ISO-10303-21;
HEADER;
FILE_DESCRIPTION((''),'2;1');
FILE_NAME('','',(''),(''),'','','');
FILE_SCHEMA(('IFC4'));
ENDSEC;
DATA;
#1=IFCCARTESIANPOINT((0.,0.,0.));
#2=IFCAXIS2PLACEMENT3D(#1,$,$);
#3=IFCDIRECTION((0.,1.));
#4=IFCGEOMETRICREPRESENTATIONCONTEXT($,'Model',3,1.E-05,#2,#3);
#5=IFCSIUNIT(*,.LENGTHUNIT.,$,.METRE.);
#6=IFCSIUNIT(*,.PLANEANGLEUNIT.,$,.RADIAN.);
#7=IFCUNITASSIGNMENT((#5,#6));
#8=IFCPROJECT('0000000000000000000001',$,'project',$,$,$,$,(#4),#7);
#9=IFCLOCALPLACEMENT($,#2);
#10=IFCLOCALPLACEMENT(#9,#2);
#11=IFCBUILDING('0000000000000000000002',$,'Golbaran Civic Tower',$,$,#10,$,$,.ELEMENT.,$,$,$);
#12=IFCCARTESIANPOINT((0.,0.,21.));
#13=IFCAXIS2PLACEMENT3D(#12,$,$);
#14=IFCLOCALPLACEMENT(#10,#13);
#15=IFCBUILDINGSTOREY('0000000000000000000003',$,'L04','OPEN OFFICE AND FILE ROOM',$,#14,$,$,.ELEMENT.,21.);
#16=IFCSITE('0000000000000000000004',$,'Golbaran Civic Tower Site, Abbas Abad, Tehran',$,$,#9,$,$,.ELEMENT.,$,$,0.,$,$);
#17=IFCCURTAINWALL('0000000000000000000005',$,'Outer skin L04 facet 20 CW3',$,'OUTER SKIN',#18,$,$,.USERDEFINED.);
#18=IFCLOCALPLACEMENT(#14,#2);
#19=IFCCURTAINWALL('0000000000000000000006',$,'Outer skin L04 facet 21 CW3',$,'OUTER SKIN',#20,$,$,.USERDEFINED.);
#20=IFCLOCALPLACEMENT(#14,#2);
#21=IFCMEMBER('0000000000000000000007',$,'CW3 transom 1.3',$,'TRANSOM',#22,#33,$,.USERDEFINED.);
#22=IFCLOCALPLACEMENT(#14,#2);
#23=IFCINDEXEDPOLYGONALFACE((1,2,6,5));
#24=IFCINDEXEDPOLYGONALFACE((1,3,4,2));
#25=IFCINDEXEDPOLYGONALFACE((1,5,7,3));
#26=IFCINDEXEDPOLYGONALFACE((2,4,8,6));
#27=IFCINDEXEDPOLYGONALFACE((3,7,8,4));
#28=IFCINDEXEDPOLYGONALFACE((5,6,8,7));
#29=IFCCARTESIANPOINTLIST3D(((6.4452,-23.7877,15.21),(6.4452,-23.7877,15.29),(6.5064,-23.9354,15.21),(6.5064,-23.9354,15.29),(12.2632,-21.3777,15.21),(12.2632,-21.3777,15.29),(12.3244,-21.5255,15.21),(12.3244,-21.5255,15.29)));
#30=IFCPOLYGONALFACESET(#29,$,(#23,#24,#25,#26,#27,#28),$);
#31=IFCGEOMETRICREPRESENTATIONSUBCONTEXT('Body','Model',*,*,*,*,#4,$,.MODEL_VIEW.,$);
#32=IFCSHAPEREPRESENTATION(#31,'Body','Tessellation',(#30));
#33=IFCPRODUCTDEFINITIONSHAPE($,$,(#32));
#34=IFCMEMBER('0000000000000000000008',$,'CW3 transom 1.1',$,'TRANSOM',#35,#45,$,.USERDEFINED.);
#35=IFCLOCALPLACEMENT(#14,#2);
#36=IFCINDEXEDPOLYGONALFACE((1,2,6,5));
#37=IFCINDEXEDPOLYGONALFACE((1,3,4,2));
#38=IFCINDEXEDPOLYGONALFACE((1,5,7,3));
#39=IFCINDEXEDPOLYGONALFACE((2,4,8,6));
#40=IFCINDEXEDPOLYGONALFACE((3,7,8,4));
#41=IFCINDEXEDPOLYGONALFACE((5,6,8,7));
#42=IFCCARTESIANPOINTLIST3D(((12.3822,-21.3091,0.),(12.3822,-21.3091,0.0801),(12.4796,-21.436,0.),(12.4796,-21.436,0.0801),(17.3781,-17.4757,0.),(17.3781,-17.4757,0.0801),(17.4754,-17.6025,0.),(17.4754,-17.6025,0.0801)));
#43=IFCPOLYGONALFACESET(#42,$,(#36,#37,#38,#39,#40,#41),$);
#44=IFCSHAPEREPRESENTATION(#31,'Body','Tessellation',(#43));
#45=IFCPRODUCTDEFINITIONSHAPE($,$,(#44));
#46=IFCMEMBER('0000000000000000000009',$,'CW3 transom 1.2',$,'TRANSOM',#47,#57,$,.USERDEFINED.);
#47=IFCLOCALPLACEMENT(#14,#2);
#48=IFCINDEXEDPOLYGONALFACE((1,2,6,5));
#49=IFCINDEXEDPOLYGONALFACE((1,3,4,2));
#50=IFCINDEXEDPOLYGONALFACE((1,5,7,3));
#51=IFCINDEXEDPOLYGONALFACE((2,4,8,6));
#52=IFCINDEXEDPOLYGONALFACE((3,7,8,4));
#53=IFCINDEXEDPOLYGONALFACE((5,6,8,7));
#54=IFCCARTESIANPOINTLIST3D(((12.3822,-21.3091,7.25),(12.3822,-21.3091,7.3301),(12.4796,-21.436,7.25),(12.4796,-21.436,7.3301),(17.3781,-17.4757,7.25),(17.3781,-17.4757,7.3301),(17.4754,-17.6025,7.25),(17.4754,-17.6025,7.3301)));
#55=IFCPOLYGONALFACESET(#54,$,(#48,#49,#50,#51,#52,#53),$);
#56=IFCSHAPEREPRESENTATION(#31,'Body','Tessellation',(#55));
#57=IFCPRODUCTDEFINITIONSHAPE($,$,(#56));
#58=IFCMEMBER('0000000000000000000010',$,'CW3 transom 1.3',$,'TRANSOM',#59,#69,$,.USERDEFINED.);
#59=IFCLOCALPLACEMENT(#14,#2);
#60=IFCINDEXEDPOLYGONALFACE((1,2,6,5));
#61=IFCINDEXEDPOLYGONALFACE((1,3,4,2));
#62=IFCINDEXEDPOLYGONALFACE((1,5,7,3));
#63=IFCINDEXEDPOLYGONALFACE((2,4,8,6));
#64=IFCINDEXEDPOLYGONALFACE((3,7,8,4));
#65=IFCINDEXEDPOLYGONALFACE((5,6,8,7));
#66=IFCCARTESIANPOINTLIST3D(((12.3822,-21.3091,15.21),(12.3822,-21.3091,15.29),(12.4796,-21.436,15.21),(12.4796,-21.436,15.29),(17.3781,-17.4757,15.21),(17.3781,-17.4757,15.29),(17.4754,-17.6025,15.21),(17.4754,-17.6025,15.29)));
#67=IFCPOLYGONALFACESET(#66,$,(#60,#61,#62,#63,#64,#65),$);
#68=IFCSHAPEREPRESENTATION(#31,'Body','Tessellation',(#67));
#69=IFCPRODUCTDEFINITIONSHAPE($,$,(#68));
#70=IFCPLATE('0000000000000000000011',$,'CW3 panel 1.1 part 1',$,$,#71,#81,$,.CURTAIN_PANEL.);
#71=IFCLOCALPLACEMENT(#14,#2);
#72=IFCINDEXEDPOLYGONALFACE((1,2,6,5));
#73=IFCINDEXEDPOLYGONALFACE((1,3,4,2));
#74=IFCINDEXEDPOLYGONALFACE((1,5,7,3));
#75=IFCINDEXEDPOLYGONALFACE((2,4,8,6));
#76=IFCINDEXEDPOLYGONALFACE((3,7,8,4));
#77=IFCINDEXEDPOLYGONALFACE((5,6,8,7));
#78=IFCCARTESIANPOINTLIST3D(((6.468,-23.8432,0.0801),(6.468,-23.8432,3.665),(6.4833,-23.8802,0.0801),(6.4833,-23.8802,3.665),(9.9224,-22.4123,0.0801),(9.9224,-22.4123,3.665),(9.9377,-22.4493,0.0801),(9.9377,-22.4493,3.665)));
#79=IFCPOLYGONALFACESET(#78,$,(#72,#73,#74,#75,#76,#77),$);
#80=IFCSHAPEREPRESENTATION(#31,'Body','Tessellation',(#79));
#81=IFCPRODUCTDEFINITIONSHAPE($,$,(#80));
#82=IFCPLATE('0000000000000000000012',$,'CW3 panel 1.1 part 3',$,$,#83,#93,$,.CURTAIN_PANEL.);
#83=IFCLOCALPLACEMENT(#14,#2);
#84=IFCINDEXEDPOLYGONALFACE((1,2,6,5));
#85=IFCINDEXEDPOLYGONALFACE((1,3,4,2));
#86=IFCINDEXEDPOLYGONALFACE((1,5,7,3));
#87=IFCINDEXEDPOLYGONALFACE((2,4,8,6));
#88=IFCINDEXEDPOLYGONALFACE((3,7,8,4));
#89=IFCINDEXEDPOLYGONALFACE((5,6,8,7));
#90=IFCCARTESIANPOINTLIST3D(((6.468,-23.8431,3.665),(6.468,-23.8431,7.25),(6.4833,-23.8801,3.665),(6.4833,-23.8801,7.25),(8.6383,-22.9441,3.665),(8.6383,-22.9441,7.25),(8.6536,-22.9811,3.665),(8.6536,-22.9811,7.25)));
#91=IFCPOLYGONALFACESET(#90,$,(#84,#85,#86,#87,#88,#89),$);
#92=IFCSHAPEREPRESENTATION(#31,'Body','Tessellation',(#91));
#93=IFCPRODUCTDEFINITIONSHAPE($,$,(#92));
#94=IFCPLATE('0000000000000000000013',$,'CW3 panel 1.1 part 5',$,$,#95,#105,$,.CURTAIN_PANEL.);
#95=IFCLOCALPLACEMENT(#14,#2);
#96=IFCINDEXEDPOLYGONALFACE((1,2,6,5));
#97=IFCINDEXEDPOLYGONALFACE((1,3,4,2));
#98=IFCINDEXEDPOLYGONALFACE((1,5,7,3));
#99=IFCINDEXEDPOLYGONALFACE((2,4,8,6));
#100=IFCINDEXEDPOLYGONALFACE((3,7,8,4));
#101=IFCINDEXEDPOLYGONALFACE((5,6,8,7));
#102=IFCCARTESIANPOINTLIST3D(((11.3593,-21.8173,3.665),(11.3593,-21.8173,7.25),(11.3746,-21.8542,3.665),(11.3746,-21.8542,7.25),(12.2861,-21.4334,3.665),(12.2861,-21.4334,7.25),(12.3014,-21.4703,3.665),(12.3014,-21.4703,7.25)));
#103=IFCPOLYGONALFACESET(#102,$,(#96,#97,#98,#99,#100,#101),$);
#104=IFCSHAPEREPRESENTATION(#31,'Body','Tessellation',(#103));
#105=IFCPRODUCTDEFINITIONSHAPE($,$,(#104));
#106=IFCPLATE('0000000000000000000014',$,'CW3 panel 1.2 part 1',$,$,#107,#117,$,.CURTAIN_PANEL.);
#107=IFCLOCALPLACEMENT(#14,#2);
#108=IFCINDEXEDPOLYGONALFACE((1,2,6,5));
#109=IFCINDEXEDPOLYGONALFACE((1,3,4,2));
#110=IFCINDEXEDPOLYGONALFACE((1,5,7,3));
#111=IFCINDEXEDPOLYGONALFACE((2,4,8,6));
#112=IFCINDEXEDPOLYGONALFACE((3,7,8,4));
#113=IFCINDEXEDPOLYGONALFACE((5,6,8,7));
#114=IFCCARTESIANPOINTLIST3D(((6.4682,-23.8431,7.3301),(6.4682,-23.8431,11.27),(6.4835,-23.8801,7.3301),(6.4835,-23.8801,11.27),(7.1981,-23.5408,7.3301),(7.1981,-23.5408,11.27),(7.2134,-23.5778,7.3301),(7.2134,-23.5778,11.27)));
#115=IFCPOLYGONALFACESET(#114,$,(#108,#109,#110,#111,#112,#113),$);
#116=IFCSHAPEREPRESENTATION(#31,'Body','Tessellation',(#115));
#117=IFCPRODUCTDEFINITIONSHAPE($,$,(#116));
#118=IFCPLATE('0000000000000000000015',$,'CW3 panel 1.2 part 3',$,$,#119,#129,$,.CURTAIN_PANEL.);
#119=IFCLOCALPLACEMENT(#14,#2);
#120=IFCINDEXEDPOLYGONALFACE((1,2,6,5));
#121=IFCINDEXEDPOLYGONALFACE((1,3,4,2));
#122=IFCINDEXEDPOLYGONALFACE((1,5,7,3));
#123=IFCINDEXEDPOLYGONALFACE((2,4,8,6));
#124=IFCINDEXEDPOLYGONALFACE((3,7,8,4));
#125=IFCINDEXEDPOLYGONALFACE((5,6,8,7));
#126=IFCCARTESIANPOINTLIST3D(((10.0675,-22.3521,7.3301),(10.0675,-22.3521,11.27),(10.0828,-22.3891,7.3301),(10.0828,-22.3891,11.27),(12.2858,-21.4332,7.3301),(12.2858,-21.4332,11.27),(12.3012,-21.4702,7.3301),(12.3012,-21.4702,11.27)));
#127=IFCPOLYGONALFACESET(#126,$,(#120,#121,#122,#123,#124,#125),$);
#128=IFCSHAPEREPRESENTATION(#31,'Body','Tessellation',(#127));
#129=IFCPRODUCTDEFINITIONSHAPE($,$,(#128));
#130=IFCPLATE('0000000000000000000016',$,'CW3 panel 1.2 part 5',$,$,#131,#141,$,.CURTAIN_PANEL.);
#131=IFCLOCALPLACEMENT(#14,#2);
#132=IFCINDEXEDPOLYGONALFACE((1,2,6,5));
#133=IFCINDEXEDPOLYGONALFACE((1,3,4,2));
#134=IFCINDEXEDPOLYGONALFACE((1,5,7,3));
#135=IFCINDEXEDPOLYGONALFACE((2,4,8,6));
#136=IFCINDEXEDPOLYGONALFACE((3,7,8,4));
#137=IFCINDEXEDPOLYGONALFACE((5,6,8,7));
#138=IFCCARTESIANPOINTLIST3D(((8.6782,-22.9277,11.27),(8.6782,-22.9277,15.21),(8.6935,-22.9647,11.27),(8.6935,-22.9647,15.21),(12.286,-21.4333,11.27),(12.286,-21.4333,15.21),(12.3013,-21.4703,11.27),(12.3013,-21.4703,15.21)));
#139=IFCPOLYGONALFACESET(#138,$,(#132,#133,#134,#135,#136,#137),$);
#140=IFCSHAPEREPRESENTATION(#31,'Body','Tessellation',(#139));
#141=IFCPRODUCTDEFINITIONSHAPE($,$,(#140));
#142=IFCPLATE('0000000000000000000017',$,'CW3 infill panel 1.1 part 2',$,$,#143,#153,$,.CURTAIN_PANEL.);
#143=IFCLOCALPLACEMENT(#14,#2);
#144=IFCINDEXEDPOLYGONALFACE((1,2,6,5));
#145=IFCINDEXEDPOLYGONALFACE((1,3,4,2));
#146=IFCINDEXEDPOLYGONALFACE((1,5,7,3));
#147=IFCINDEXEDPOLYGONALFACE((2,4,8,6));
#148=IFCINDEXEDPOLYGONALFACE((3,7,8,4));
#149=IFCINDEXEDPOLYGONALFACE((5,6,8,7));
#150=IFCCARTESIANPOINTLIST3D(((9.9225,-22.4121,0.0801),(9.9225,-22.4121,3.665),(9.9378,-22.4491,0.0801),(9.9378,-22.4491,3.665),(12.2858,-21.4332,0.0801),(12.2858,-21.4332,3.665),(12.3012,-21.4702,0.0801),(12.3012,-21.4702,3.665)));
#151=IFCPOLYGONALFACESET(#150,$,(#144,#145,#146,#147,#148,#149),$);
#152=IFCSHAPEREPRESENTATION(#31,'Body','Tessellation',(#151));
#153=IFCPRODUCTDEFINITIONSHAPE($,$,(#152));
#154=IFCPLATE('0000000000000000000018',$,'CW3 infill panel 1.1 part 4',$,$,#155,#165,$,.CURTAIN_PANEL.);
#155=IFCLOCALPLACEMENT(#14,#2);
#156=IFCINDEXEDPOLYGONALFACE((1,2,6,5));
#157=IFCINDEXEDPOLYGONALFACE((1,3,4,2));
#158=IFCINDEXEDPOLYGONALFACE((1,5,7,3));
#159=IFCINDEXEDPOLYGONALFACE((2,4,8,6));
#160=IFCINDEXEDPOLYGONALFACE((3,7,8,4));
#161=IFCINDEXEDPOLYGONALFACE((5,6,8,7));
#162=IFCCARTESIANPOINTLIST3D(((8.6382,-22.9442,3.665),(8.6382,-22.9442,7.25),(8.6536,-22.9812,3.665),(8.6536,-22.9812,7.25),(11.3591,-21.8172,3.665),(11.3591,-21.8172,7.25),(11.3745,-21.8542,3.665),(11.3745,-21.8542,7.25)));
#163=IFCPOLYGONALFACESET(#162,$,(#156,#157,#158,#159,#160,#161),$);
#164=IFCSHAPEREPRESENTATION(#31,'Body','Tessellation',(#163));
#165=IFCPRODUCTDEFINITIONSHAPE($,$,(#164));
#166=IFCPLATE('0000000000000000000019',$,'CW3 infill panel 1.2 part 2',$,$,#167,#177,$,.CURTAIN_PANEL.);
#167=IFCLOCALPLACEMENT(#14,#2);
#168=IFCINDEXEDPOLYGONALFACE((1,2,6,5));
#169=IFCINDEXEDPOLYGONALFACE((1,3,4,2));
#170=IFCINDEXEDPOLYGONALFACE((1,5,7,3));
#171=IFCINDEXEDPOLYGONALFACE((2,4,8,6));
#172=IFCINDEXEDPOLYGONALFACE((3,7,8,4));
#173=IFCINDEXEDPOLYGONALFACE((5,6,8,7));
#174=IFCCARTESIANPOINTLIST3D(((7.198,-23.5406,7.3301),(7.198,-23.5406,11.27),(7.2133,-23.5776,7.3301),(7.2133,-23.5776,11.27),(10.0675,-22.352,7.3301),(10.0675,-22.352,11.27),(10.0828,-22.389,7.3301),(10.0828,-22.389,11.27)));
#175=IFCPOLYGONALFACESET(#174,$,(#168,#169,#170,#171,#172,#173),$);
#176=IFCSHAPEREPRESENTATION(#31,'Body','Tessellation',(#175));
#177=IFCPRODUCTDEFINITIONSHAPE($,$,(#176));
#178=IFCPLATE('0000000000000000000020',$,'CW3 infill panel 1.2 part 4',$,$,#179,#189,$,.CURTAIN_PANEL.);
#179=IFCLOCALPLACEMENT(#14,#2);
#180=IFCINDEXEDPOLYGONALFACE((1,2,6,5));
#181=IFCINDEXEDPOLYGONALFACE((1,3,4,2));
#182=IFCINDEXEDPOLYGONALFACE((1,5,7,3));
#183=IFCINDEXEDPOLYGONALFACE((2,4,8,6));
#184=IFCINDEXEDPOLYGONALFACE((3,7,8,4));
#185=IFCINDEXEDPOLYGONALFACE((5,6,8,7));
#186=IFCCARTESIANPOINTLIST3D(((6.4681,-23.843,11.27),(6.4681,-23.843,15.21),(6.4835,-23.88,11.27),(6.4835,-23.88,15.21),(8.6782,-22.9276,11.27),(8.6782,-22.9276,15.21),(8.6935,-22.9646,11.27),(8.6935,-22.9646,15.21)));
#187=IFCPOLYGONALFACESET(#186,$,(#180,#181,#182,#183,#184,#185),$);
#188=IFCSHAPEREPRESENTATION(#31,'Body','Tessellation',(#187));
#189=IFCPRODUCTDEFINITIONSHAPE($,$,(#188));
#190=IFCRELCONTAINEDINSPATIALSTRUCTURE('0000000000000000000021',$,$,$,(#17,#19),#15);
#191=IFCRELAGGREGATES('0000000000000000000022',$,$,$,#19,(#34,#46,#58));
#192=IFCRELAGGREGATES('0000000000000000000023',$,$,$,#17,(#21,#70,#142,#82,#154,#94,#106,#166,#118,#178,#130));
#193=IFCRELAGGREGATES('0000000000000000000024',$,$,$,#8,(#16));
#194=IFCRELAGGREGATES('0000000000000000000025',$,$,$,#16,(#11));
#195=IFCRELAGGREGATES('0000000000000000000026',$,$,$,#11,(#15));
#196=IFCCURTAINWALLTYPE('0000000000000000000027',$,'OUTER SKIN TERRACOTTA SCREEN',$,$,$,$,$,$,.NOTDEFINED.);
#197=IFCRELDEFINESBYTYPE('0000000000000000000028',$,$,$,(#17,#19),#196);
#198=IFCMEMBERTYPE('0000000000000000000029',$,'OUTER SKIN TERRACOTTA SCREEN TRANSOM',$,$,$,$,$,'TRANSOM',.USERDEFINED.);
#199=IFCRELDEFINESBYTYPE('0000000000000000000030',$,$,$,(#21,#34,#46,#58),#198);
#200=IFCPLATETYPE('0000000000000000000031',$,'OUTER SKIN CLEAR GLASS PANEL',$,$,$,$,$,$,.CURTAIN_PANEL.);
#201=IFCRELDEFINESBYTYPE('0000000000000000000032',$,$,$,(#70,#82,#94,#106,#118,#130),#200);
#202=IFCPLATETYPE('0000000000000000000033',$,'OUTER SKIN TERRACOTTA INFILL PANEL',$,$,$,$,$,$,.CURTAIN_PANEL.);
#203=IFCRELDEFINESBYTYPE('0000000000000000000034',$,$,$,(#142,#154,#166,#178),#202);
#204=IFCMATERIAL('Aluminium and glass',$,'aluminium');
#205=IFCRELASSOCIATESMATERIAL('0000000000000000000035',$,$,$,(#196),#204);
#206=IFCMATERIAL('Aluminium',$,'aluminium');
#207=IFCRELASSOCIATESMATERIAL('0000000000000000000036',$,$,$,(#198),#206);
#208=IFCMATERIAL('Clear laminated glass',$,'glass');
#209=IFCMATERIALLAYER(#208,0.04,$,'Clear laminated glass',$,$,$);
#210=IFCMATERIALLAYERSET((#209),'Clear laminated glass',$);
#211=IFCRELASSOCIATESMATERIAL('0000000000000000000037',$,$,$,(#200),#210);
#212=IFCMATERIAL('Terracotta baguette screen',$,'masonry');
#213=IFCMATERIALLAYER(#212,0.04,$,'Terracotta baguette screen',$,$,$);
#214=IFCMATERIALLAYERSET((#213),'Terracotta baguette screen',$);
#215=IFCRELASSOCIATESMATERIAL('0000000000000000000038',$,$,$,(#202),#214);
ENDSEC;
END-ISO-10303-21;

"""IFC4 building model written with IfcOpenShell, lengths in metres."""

from ifc_helpers import new_model, si_unit, direction, frame, origin, origin_2d, place, context, subcontext, project, spatial, rectangle, extrude, material, layer, layer_set, material_profile, profile_set, type_object, element, aggregate, save


model = new_model("IFC4")

# Units and contexts
model_context = context("Model", 3, precision=1e-05, world=origin(), true_north=direction((0.0, 1.0)))
body_context = subcontext(model_context, "Body", "Model", "MODEL_VIEW")
ifc_project = project(units=[si_unit("LENGTHUNIT", "METRE"), si_unit("PLANEANGLEUNIT", "RADIAN")], contexts=[model_context])

# Site, building, storey
site_placement = place(None, origin())
site = spatial("IfcSite", under=ifc_project, at=site_placement, Name="Golbaran Civic Tower Site, Abbas Abad, Tehran", CompositionType="ELEMENT", RefElevation=0.0)
building_placement = place(site_placement, origin())
building = spatial("IfcBuilding", under=site, at=building_placement, Name="Golbaran Civic Tower", CompositionType="ELEMENT")
storey_placement = place(building_placement, frame((0.0, 0.0, 21.0)))
storey = spatial("IfcBuildingStorey", under=building, at=storey_placement, Name="L04", Description="OPEN OFFICE AND FILE ROOM", CompositionType="ELEMENT", Elevation=21.0)

# Shared definitions
ifc_material_1 = material(Name="Aluminium and glass", Category="aluminium")
ifc_material_2 = material(Name="Aluminium", Category="aluminium")

# Curtain wall
curtain_wall_type_1 = type_object("IfcCurtainWallType", Name="OUTER SKIN TERRACOTTA SCREEN", PredefinedType="NOTDEFINED", material=ifc_material_1)
curtain_wall_1_placement = place(storey_placement, origin())
curtain_wall_1 = element("IfcCurtainWall", 1, at=curtain_wall_1_placement, inside=storey, type_object=curtain_wall_type_1, Name="Outer skin L04 facet 20 CW3", ObjectType="OUTER SKIN", PredefinedType="USERDEFINED")

# Curtain wall
curtain_wall_2_placement = place(storey_placement, origin())
curtain_wall_2 = element("IfcCurtainWall", 2, at=curtain_wall_2_placement, inside=storey, type_object=curtain_wall_type_1, Name="Outer skin L04 facet 21 CW3", ObjectType="OUTER SKIN", PredefinedType="USERDEFINED")

# Members
ifc_material_profile_1 = material_profile(ifc_material_2, rectangle(XDim=0.1599, YDim=0.0801, at=origin_2d()), Name="OUTER SKIN TERRACOTTA SCREEN TRANSOM")
ifc_profile_set_1 = profile_set([ifc_material_profile_1], Name="Aluminium")
member_type_1 = type_object("IfcMemberType", Name="OUTER SKIN TERRACOTTA SCREEN TRANSOM", ElementType="TRANSOM", PredefinedType="USERDEFINED", material=ifc_profile_set_1)
member_1_placement = place(storey_placement, frame((6.4758, -23.8616, 15.25), z_axis=(0.923876, 0.382693, 0.0), x_axis=(-0.382693, 0.923876, 0.0)))
member_1 = element("IfcMember", 3, at=member_1_placement, type_object=member_type_1, Name="CW3 transom 1.3", ObjectType="TRANSOM", PredefinedType="USERDEFINED", context=body_context, shape_type="SweptSolid", body=[
    extrude(rectangle(XDim=0.1599, YDim=0.0801, at=origin_2d()), origin(), (0.0, 0.0, 1.0), 6.2974),
])
member_2_placement = place(storey_placement, frame((12.4309, -21.3726, 0.04), z_axis=(0.79335, 0.608766, 0.0), x_axis=(-0.608766, 0.79335, 0.0)))
member_2 = element("IfcMember", 4, at=member_2_placement, type_object=member_type_1, Name="CW3 transom 1.1", ObjectType="TRANSOM", PredefinedType="USERDEFINED", context=body_context, shape_type="SweptSolid", body=[
    extrude(rectangle(XDim=0.1599, YDim=0.0801, at=origin_2d()), origin(), (0.0, 0.0, 1.0), 6.2971),
])
member_3_placement = place(storey_placement, frame((12.4309, -21.3726, 7.29), z_axis=(0.79335, 0.608766, 0.0), x_axis=(-0.608766, 0.79335, 0.0)))
member_3 = element("IfcMember", 5, at=member_3_placement, type_object=member_type_1, Name="CW3 transom 1.2", ObjectType="TRANSOM", PredefinedType="USERDEFINED", context=body_context, shape_type="SweptSolid", body=[
    extrude(rectangle(XDim=0.1599, YDim=0.0801, at=origin_2d()), origin(), (0.0, 0.0, 1.0), 6.2971),
])
member_4_placement = place(storey_placement, frame((12.4309, -21.3726, 15.25), z_axis=(0.79335, 0.608766, 0.0), x_axis=(-0.608766, 0.79335, 0.0)))
member_4 = element("IfcMember", 6, at=member_4_placement, type_object=member_type_1, Name="CW3 transom 1.3", ObjectType="TRANSOM", PredefinedType="USERDEFINED", context=body_context, shape_type="SweptSolid", body=[
    extrude(rectangle(XDim=0.1599, YDim=0.0801, at=origin_2d()), origin(), (0.0, 0.0, 1.0), 6.2971),
])
aggregate(curtain_wall_2, [member_2, member_3, member_4])

# Plates
ifc_material_3 = material(Name="Clear laminated glass", Category="glass")
ifc_layer_1 = layer(ifc_material_3, 0.04, Name="Clear laminated glass")
ifc_layer_set_1 = layer_set([ifc_layer_1], Name="Clear laminated glass")
plate_type_1 = type_object("IfcPlateType", Name="OUTER SKIN CLEAR GLASS PANEL", PredefinedType="CURTAIN_PANEL", material=ifc_layer_set_1)
plate_1_placement = place(storey_placement, frame((8.2029, -23.1462, 0.0801), z_axis=(0.0, 0.0, 1.0), x_axis=(0.92388, 0.382683, 0.0)))
plate_1 = element("IfcPlate", 7, at=plate_1_placement, type_object=plate_type_1, Name="CW3 panel 1.1 part 1", PredefinedType="CURTAIN_PANEL", context=body_context, shape_type="SweptSolid", body=[
    extrude(rectangle(XDim=3.739, YDim=0.04, at=origin_2d()), origin(), (0.0, 0.0, 1.0), 3.585),
])
plate_2_placement = place(storey_placement, frame((7.5608, -23.4121, 3.665), z_axis=(0.0, 0.0, 1.0), x_axis=(0.92388, 0.382683, 0.0)))
plate_2 = element("IfcPlate", 8, at=plate_2_placement, type_object=plate_type_1, Name="CW3 panel 1.1 part 3", PredefinedType="CURTAIN_PANEL", context=body_context, shape_type="SweptSolid", body=[
    extrude(rectangle(XDim=2.3491, YDim=0.04, at=origin_2d()), origin(), (0.0, 0.0, 1.0), 3.585),
])
plate_3_placement = place(storey_placement, frame((11.8303, -21.6438, 3.665), z_axis=(0.0, 0.0, 1.0), x_axis=(0.92388, 0.382683, 0.0)))
plate_3 = element("IfcPlate", 9, at=plate_3_placement, type_object=plate_type_1, Name="CW3 panel 1.1 part 5", PredefinedType="CURTAIN_PANEL", context=body_context, shape_type="SweptSolid", body=[
    extrude(rectangle(XDim=1.0032, YDim=0.04, at=origin_2d()), origin(), (0.0, 0.0, 1.0), 3.585),
])
plate_4_placement = place(storey_placement, frame((6.8408, -23.7104, 7.3301), z_axis=(0.0, 0.0, 1.0), x_axis=(0.92388, 0.382683, 0.0)))
plate_4 = element("IfcPlate", 10, at=plate_4_placement, type_object=plate_type_1, Name="CW3 panel 1.2 part 1", PredefinedType="CURTAIN_PANEL", context=body_context, shape_type="SweptSolid", body=[
    extrude(rectangle(XDim=0.79, YDim=0.04, at=origin_2d()), origin(), (0.0, 0.0, 1.0), 3.9399),
])
plate_5_placement = place(storey_placement, frame((11.1843, -21.9111, 7.3301), z_axis=(0.0, 0.0, 1.0), x_axis=(0.92388, 0.382683, 0.0)))
plate_5 = element("IfcPlate", 11, at=plate_5_placement, type_object=plate_type_1, Name="CW3 panel 1.2 part 3", PredefinedType="CURTAIN_PANEL", context=body_context, shape_type="SweptSolid", body=[
    extrude(rectangle(XDim=2.4011, YDim=0.04, at=origin_2d()), origin(), (0.0, 0.0, 1.0), 3.9399),
])
plate_6_placement = place(storey_placement, frame((10.4897, -22.199, 11.27), z_axis=(0.0, 0.0, 1.0), x_axis=(0.92388, 0.382683, 0.0)))
plate_6 = element("IfcPlate", 12, at=plate_6_placement, type_object=plate_type_1, Name="CW3 panel 1.2 part 5", PredefinedType="CURTAIN_PANEL", context=body_context, shape_type="SweptSolid", body=[
    extrude(rectangle(XDim=3.905, YDim=0.04, at=origin_2d()), origin(), (0.0, 0.0, 1.0), 3.9399),
])
ifc_material_4 = material(Name="Terracotta baguette screen", Category="masonry")
ifc_layer_2 = layer(ifc_material_4, 0.04, Name="Terracotta baguette screen")
ifc_layer_set_2 = layer_set([ifc_layer_2], Name="Terracotta baguette screen")
plate_type_2 = type_object("IfcPlateType", Name="OUTER SKIN TERRACOTTA INFILL PANEL", PredefinedType="CURTAIN_PANEL", material=ifc_layer_set_2)
plate_7_placement = place(storey_placement, frame((11.1118, -21.9412, 0.0801), z_axis=(0.0, 0.0, 1.0), x_axis=(0.92388, 0.382683, 0.0)))
plate_7 = element("IfcPlate", 13, at=plate_7_placement, type_object=plate_type_2, Name="CW3 infill panel 1.1 part 2", PredefinedType="CURTAIN_PANEL", context=body_context, shape_type="SweptSolid", body=[
    extrude(rectangle(XDim=2.5581, YDim=0.04, at=origin_2d()), origin(), (0.0, 0.0, 1.0), 3.585),
])
plate_8_placement = place(storey_placement, frame((10.0063, -22.3992, 3.665), z_axis=(0.0, 0.0, 1.0), x_axis=(0.92388, 0.382683, 0.0)))
plate_8 = element("IfcPlate", 14, at=plate_8_placement, type_object=plate_type_2, Name="CW3 infill panel 1.1 part 4", PredefinedType="CURTAIN_PANEL", context=body_context, shape_type="SweptSolid", body=[
    extrude(rectangle(XDim=2.9451, YDim=0.04, at=origin_2d()), origin(), (0.0, 0.0, 1.0), 3.585),
])
plate_9_placement = place(storey_placement, frame((8.6404, -22.9648, 7.3301), z_axis=(0.0, 0.0, 1.0), x_axis=(0.92388, 0.382683, 0.0)))
plate_9 = element("IfcPlate", 15, at=plate_9_placement, type_object=plate_type_2, Name="CW3 infill panel 1.2 part 2", PredefinedType="CURTAIN_PANEL", context=body_context, shape_type="SweptSolid", body=[
    extrude(rectangle(XDim=3.106, YDim=0.04, at=origin_2d()), origin(), (0.0, 0.0, 1.0), 3.9399),
])
plate_10_placement = place(storey_placement, frame((7.5808, -23.4038, 11.27), z_axis=(0.0, 0.0, 1.0), x_axis=(0.92388, 0.382683, 0.0)))
plate_10 = element("IfcPlate", 16, at=plate_10_placement, type_object=plate_type_2, Name="CW3 infill panel 1.2 part 4", PredefinedType="CURTAIN_PANEL", context=body_context, shape_type="SweptSolid", body=[
    extrude(rectangle(XDim=2.3921, YDim=0.04, at=origin_2d()), origin(), (0.0, 0.0, 1.0), 3.9399),
])
aggregate(curtain_wall_1, [member_1, plate_1, plate_7, plate_2, plate_8, plate_3, plate_4, plate_9, plate_5, plate_10, plate_6])

save(model, "model.ifc")
